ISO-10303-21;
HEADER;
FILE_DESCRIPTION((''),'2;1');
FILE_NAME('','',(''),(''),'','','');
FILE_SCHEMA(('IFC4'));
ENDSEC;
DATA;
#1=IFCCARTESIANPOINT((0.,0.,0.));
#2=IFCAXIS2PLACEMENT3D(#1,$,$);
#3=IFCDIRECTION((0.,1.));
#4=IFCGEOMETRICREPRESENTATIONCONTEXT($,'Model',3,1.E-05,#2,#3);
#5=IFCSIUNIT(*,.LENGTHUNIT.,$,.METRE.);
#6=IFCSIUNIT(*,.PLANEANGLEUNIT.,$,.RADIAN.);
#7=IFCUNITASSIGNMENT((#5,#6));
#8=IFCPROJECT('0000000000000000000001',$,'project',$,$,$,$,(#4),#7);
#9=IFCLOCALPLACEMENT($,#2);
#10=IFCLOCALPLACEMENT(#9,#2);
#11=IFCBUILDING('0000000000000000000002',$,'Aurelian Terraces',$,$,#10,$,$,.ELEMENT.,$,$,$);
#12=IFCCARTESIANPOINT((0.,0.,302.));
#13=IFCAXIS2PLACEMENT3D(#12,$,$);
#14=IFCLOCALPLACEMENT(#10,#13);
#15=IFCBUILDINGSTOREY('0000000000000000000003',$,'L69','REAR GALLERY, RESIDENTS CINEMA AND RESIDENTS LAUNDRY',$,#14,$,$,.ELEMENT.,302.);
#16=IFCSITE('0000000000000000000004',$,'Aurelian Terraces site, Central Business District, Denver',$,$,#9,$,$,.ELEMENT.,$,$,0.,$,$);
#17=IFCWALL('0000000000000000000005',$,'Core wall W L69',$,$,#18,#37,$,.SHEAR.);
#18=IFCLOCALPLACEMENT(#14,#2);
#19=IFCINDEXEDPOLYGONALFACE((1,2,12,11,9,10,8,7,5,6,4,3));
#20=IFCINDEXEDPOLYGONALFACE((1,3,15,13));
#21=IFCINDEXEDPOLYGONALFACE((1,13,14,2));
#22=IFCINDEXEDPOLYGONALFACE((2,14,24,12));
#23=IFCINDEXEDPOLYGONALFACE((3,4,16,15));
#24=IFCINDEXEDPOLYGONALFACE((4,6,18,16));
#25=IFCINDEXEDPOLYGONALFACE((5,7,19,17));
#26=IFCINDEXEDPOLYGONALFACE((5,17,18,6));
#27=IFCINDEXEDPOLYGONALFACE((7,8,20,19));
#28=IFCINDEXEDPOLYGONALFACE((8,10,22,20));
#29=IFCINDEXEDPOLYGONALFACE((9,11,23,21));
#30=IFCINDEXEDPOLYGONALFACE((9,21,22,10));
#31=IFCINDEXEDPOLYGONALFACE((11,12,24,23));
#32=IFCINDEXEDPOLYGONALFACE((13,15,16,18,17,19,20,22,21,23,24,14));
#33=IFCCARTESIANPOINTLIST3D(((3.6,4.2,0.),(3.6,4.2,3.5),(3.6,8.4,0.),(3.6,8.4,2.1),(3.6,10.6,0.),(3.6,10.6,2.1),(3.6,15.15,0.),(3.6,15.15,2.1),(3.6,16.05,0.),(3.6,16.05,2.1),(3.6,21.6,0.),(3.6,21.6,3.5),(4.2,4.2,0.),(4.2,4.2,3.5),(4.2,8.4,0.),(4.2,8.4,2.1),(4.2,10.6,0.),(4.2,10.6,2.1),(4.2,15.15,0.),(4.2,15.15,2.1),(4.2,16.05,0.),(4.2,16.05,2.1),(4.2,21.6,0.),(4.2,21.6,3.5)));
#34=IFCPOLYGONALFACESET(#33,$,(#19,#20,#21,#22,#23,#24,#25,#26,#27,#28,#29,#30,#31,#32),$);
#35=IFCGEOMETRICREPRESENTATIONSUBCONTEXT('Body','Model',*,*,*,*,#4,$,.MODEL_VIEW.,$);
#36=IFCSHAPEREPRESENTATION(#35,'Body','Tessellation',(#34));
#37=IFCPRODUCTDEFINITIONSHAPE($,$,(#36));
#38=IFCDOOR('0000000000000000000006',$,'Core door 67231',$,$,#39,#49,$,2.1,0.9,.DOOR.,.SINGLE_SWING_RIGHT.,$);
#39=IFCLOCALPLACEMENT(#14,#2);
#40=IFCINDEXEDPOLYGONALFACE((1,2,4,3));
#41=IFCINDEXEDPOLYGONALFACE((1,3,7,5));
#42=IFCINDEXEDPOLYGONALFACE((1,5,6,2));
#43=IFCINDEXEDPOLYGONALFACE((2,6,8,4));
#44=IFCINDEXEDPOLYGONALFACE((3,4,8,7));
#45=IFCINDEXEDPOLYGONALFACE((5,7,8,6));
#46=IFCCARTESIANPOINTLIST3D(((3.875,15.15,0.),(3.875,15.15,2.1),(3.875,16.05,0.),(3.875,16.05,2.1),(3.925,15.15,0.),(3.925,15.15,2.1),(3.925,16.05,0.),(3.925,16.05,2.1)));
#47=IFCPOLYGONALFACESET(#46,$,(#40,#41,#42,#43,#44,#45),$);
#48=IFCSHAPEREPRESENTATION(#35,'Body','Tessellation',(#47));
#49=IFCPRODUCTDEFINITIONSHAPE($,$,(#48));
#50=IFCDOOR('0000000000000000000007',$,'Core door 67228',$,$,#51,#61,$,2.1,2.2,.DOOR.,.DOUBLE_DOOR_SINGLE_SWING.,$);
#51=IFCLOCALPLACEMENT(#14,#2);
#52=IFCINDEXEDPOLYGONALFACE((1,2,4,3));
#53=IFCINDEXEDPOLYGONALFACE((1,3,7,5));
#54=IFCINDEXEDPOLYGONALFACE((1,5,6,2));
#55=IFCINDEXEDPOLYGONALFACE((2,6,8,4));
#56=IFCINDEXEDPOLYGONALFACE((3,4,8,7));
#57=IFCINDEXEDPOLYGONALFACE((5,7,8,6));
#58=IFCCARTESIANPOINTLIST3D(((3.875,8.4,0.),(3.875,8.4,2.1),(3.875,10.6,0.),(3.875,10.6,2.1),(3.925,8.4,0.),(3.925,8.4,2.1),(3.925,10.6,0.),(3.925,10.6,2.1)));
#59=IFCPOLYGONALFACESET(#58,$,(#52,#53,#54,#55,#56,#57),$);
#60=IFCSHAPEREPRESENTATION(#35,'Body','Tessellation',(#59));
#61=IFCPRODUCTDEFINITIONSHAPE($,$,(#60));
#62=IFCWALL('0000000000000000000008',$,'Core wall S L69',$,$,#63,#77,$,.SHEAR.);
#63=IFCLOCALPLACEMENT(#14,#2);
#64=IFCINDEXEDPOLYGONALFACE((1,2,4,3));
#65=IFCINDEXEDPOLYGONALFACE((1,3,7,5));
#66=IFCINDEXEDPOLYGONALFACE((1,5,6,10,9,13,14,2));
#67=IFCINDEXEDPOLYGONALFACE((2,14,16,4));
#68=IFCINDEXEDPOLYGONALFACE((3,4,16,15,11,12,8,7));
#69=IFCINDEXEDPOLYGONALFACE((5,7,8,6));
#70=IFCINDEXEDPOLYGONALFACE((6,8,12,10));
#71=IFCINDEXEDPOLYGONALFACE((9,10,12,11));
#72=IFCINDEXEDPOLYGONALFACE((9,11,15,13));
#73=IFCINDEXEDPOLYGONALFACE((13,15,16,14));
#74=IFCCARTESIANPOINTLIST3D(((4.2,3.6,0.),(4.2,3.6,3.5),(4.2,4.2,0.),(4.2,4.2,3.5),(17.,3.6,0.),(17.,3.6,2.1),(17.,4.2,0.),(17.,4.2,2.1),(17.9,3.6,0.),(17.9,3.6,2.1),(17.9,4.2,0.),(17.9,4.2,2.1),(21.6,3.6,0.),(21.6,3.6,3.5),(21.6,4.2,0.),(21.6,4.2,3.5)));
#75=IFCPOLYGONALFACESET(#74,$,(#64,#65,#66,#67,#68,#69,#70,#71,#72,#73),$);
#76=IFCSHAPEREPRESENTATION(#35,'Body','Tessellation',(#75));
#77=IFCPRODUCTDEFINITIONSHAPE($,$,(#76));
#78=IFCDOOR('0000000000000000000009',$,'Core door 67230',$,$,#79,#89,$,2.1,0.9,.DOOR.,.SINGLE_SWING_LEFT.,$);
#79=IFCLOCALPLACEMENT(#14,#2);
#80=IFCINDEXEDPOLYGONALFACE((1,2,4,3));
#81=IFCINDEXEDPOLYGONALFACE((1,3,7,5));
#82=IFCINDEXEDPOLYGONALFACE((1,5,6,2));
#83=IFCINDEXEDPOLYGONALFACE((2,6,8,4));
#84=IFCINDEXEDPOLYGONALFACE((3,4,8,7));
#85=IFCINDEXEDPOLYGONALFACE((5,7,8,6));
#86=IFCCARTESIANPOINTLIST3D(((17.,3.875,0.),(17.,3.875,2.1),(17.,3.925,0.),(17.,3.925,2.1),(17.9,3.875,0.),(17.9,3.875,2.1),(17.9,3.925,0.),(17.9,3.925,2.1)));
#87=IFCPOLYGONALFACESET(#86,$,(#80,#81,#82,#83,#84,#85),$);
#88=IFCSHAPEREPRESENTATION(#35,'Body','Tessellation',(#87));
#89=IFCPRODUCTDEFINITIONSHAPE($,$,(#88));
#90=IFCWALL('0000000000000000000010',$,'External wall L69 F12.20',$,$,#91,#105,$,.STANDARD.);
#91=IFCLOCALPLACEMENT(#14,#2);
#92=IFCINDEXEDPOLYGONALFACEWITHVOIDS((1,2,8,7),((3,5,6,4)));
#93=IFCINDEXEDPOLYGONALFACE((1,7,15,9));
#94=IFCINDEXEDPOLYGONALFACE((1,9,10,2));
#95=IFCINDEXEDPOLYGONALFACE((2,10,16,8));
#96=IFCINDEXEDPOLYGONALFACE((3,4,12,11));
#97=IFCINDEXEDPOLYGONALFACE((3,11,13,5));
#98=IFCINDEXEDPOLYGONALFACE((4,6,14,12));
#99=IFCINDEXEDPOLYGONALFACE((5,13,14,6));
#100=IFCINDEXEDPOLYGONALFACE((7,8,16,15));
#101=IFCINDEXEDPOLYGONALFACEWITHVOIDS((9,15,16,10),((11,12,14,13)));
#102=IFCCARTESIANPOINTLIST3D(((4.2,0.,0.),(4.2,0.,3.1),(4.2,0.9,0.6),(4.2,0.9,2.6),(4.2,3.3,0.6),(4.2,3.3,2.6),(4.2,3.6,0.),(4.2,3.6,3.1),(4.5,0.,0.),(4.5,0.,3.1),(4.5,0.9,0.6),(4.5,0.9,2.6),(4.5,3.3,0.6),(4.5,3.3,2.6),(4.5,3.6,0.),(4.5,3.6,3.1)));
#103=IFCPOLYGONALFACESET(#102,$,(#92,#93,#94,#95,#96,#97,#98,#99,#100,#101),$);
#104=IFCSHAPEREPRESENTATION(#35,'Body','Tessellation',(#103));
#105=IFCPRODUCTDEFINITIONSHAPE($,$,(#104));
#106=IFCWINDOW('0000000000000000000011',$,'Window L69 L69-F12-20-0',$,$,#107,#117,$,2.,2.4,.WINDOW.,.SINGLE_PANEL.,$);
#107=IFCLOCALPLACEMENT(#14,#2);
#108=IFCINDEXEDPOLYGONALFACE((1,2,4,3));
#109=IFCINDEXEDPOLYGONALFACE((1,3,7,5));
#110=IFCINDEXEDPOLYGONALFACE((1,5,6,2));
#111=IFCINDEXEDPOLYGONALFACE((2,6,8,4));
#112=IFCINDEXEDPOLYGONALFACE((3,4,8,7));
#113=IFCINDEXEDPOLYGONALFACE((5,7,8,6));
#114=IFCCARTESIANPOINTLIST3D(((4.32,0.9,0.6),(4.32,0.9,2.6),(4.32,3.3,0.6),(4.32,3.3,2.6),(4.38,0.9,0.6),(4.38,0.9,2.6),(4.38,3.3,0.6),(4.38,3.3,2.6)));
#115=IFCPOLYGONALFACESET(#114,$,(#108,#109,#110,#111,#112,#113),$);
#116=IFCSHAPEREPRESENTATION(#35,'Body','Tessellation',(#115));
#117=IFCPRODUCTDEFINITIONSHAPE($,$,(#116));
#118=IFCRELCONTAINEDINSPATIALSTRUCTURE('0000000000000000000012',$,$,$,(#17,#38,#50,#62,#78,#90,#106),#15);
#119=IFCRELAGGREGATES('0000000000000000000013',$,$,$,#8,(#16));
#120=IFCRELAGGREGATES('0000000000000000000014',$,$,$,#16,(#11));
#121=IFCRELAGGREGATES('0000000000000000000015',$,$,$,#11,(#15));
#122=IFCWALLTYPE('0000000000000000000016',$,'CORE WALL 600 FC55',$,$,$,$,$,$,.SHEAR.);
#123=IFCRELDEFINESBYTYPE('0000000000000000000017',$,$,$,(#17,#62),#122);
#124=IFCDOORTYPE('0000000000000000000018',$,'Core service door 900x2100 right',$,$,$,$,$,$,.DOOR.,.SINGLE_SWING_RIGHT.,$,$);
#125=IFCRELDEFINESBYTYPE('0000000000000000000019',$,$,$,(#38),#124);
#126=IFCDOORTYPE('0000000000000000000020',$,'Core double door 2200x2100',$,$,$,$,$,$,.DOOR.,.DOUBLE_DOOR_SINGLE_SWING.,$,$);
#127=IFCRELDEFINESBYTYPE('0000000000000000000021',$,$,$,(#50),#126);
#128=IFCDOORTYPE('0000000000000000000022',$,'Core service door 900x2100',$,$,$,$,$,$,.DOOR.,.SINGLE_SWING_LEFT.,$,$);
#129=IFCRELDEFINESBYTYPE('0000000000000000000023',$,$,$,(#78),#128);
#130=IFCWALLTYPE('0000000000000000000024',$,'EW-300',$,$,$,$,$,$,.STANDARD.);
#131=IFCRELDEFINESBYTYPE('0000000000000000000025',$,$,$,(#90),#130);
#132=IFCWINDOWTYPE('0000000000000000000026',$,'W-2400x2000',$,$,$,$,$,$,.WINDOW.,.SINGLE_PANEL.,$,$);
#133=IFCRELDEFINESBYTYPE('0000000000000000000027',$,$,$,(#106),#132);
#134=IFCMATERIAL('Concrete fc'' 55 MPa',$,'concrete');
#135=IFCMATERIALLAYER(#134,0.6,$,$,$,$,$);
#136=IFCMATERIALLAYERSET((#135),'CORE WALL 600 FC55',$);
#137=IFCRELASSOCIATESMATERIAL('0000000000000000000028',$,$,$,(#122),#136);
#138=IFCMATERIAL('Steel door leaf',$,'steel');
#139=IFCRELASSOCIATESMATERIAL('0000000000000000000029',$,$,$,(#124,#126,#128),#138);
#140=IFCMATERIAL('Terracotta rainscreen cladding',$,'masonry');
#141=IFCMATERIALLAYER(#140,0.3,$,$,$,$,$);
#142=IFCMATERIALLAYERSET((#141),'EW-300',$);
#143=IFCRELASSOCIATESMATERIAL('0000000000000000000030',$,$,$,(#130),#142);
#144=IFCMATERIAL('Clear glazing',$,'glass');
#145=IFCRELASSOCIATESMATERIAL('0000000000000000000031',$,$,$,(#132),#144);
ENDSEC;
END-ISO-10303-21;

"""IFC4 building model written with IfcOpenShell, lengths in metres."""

from ifc_helpers import new_model, si_unit, direction, frame, frame_2d, origin, place, context, subcontext, project, spatial, rectangle, extrude, source, transform, mapped, material, layer, layer_set, type_object, element, fill, save


model = new_model("IFC4")

# Units and contexts
model_context = context("Model", 3, precision=1e-05, world=origin(), true_north=direction((0.0, 1.0)))
body_context = subcontext(model_context, "Body", "Model", "MODEL_VIEW")
ifc_project = project(units=[si_unit("LENGTHUNIT", "METRE"), si_unit("PLANEANGLEUNIT", "RADIAN")], contexts=[model_context])

# Site, building, storey
site_placement = place(None, origin())
site = spatial("IfcSite", under=ifc_project, at=site_placement, Name="Aurelian Terraces site, Central Business District, Denver", CompositionType="ELEMENT", RefElevation=0.0)
building_placement = place(site_placement, origin())
building = spatial("IfcBuilding", under=site, at=building_placement, Name="Aurelian Terraces", CompositionType="ELEMENT")
storey_placement = place(building_placement, frame((0.0, 0.0, 302.0)))
storey = spatial("IfcBuildingStorey", under=building, at=storey_placement, Name="L69", Description="REAR GALLERY, RESIDENTS CINEMA AND RESIDENTS LAUNDRY", CompositionType="ELEMENT", Elevation=302.0)

# Shared definitions
ifc_material_1 = material(Name="Concrete fc' 55 MPa", Category="concrete")

# Wall, openings, doors
ifc_layer_1 = layer(ifc_material_1, 0.6)
ifc_layer_set_1 = layer_set([ifc_layer_1], Name="CORE WALL 600 FC55")
wall_type_1 = type_object("IfcWallType", Name="CORE WALL 600 FC55", PredefinedType="SHEAR", material=ifc_layer_set_1)
shared_shape_1 = source(origin(), body_context, "Body", "SweptSolid", [
    extrude(rectangle(XDim=17.4, YDim=0.6, at=frame_2d((8.7, 0.0))), origin(), (0.0, 0.0, 1.0), 3.5),
])
wall_1_placement = place(storey_placement, frame((3.9, 4.2, 0.0), z_axis=(0.0, 0.0, 1.0), x_axis=(0.0, 1.0, 0.0)))
wall_1 = element("IfcWall", 1, at=wall_1_placement, inside=storey, type_object=wall_type_1, Name="Core wall W L69", PredefinedType="SHEAR", context=body_context, shape_type="MappedRepresentation", body=[
    mapped(shared_shape_1, transform((0.0, 0.0, 0.0), scale=1.0)),
])
shared_shape_2 = source(origin(), body_context, "Body", "SweptSolid", [
    extrude(rectangle(XDim=2.2, YDim=2.1, at=frame_2d((1.1, 1.05))), frame((0.0, 0.31, 0.0), z_axis=(0.0, -1.0, 0.0), x_axis=(1.0, 0.0, 0.0)), (0.0, 0.0, 1.0), 0.62),
])
opening_1_placement = place(wall_1_placement, frame((4.2, 0.0, 0.0)))
opening_1 = element("IfcOpeningElement", 2, at=opening_1_placement, cuts=wall_1, PredefinedType="OPENING", context=body_context, shape_type="MappedRepresentation", body=[
    mapped(shared_shape_2, transform((0.0, 0.0, 0.0), scale=1.0)),
])
shared_shape_3 = source(origin(), body_context, "Body", "SweptSolid", [
    extrude(rectangle(XDim=0.9, YDim=2.1, at=frame_2d((0.45, 1.05))), frame((0.0, 0.31, 0.0), z_axis=(0.0, -1.0, 0.0), x_axis=(1.0, 0.0, 0.0)), (0.0, 0.0, 1.0), 0.62),
])
opening_2_placement = place(wall_1_placement, frame((10.95, 0.0, 0.0)))
opening_2 = element("IfcOpeningElement", 3, at=opening_2_placement, cuts=wall_1, PredefinedType="OPENING", context=body_context, shape_type="MappedRepresentation", body=[
    mapped(shared_shape_3, transform((0.0, 0.0, 0.0), scale=1.0)),
])
ifc_material_2 = material(Name="Steel door leaf", Category="steel")
door_type_1 = type_object("IfcDoorType", Name="Core service door 900x2100 right", OperationType="SINGLE_SWING_RIGHT", PredefinedType="DOOR", material=ifc_material_2)
shared_shape_4 = source(origin(), body_context, "Body", "SweptSolid", [
    extrude(rectangle(XDim=0.9, YDim=2.1, at=frame_2d((0.45, 1.05))), frame((0.0, 0.025, 0.0), z_axis=(0.0, -1.0, 0.0), x_axis=(1.0, 0.0, 0.0)), (0.0, 0.0, 1.0), 0.05),
])
door_1_placement = place(opening_2_placement, origin())
door_1 = element("IfcDoor", 4, at=door_1_placement, inside=storey, type_object=door_type_1, Name="Core door 67231", OperationType="SINGLE_SWING_RIGHT", OverallHeight=2.1, OverallWidth=0.9, PredefinedType="DOOR", context=body_context, shape_type="MappedRepresentation", body=[
    mapped(shared_shape_4, transform((0.0, 0.0, 0.0), scale=1.0)),
])
fill(opening_2, door_1)
door_type_2 = type_object("IfcDoorType", Name="Core double door 2200x2100", OperationType="DOUBLE_DOOR_SINGLE_SWING", PredefinedType="DOOR", material=ifc_material_2)
shared_shape_5 = source(origin(), body_context, "Body", "SweptSolid", [
    extrude(rectangle(XDim=2.2, YDim=2.1, at=frame_2d((1.1, 1.05))), frame((0.0, 0.025, 0.0), z_axis=(0.0, -1.0, 0.0), x_axis=(1.0, 0.0, 0.0)), (0.0, 0.0, 1.0), 0.05),
])
door_2_placement = place(opening_1_placement, origin())
door_2 = element("IfcDoor", 5, at=door_2_placement, inside=storey, type_object=door_type_2, Name="Core door 67228", OperationType="DOUBLE_DOOR_SINGLE_SWING", OverallHeight=2.1, OverallWidth=2.2, PredefinedType="DOOR", context=body_context, shape_type="MappedRepresentation", body=[
    mapped(shared_shape_5, transform((0.0, 0.0, 0.0), scale=1.0)),
])
fill(opening_1, door_2)

# Wall, opening, door
wall_2_placement = place(storey_placement, frame((4.2, 3.9, 0.0), z_axis=(0.0, 0.0, 1.0), x_axis=(1.0, 0.0, 0.0)))
wall_2 = element("IfcWall", 6, at=wall_2_placement, inside=storey, type_object=wall_type_1, Name="Core wall S L69", PredefinedType="SHEAR", context=body_context, shape_type="MappedRepresentation", body=[
    mapped(shared_shape_1, transform((0.0, 0.0, 0.0), scale=1.0)),
])
opening_3_placement = place(wall_2_placement, frame((12.8, 0.0, 0.0)))
opening_3 = element("IfcOpeningElement", 7, at=opening_3_placement, cuts=wall_2, PredefinedType="OPENING", context=body_context, shape_type="MappedRepresentation", body=[
    mapped(shared_shape_3, transform((0.0, 0.0, 0.0), scale=1.0)),
])
door_type_3 = type_object("IfcDoorType", Name="Core service door 900x2100", OperationType="SINGLE_SWING_LEFT", PredefinedType="DOOR", material=ifc_material_2)
door_3_placement = place(opening_3_placement, origin())
door_3 = element("IfcDoor", 8, at=door_3_placement, inside=storey, type_object=door_type_3, Name="Core door 67230", OperationType="SINGLE_SWING_LEFT", OverallHeight=2.1, OverallWidth=0.9, PredefinedType="DOOR", context=body_context, shape_type="MappedRepresentation", body=[
    mapped(shared_shape_4, transform((0.0, 0.0, 0.0), scale=1.0)),
])
fill(opening_3, door_3)

# Wall, opening, window
ifc_material_3 = material(Name="Terracotta rainscreen cladding", Category="masonry")
ifc_layer_2 = layer(ifc_material_3, 0.3)
ifc_layer_set_2 = layer_set([ifc_layer_2], Name="EW-300")
wall_type_2 = type_object("IfcWallType", Name="EW-300", PredefinedType="STANDARD", material=ifc_layer_set_2)
shared_shape_6 = source(origin(), body_context, "Body", "SweptSolid", [
    extrude(rectangle(XDim=3.6, YDim=0.3, at=frame_2d((1.8, 0.0))), origin(), (0.0, 0.0, 1.0), 3.1),
])
wall_3_placement = place(storey_placement, frame((4.35, 3.6, 0.0), z_axis=(0.0, 0.0, 1.0), x_axis=(0.0, -1.0, 0.0)))
wall_3 = element("IfcWall", 9, at=wall_3_placement, inside=storey, type_object=wall_type_2, Name="External wall L69 F12.20", PredefinedType="STANDARD", context=body_context, shape_type="MappedRepresentation", body=[
    mapped(shared_shape_6, transform((0.0, 0.0, 0.0), scale=1.0)),
])
shared_shape_7 = source(origin(), body_context, "Body", "SweptSolid", [
    extrude(rectangle(XDim=2.4, YDim=2.0, at=frame_2d((1.2, 1.0))), frame((0.0, 0.16, 0.0), z_axis=(0.0, -1.0, 0.0), x_axis=(1.0, 0.0, 0.0)), (0.0, 0.0, 1.0), 0.32),
])
opening_4_placement = place(wall_3_placement, frame((0.3, 0.0, 0.6)))
opening_4 = element("IfcOpeningElement", 10, at=opening_4_placement, cuts=wall_3, PredefinedType="OPENING", context=body_context, shape_type="MappedRepresentation", body=[
    mapped(shared_shape_7, transform((0.0, 0.0, 0.0), scale=1.0)),
])
ifc_material_4 = material(Name="Clear glazing", Category="glass")
window_type_1 = type_object("IfcWindowType", Name="W-2400x2000", PartitioningType="SINGLE_PANEL", PredefinedType="WINDOW", material=ifc_material_4)
shared_shape_8 = source(origin(), body_context, "Body", "SweptSolid", [
    extrude(rectangle(XDim=2.4, YDim=2.0, at=frame_2d((1.2, 1.0))), frame((0.0, 0.03, 0.0), z_axis=(0.0, -1.0, 0.0), x_axis=(1.0, 0.0, 0.0)), (0.0, 0.0, 1.0), 0.06),
])
window_1_placement = place(opening_4_placement, origin())
window_1 = element("IfcWindow", 11, at=window_1_placement, inside=storey, type_object=window_type_1, Name="Window L69 L69-F12-20-0", OverallHeight=2.0, OverallWidth=2.4, PartitioningType="SINGLE_PANEL", PredefinedType="WINDOW", context=body_context, shape_type="MappedRepresentation", body=[
    mapped(shared_shape_8, transform((0.0, 0.0, 0.0), scale=1.0)),
])
fill(opening_4, window_1)

save(model, "model.ifc")
